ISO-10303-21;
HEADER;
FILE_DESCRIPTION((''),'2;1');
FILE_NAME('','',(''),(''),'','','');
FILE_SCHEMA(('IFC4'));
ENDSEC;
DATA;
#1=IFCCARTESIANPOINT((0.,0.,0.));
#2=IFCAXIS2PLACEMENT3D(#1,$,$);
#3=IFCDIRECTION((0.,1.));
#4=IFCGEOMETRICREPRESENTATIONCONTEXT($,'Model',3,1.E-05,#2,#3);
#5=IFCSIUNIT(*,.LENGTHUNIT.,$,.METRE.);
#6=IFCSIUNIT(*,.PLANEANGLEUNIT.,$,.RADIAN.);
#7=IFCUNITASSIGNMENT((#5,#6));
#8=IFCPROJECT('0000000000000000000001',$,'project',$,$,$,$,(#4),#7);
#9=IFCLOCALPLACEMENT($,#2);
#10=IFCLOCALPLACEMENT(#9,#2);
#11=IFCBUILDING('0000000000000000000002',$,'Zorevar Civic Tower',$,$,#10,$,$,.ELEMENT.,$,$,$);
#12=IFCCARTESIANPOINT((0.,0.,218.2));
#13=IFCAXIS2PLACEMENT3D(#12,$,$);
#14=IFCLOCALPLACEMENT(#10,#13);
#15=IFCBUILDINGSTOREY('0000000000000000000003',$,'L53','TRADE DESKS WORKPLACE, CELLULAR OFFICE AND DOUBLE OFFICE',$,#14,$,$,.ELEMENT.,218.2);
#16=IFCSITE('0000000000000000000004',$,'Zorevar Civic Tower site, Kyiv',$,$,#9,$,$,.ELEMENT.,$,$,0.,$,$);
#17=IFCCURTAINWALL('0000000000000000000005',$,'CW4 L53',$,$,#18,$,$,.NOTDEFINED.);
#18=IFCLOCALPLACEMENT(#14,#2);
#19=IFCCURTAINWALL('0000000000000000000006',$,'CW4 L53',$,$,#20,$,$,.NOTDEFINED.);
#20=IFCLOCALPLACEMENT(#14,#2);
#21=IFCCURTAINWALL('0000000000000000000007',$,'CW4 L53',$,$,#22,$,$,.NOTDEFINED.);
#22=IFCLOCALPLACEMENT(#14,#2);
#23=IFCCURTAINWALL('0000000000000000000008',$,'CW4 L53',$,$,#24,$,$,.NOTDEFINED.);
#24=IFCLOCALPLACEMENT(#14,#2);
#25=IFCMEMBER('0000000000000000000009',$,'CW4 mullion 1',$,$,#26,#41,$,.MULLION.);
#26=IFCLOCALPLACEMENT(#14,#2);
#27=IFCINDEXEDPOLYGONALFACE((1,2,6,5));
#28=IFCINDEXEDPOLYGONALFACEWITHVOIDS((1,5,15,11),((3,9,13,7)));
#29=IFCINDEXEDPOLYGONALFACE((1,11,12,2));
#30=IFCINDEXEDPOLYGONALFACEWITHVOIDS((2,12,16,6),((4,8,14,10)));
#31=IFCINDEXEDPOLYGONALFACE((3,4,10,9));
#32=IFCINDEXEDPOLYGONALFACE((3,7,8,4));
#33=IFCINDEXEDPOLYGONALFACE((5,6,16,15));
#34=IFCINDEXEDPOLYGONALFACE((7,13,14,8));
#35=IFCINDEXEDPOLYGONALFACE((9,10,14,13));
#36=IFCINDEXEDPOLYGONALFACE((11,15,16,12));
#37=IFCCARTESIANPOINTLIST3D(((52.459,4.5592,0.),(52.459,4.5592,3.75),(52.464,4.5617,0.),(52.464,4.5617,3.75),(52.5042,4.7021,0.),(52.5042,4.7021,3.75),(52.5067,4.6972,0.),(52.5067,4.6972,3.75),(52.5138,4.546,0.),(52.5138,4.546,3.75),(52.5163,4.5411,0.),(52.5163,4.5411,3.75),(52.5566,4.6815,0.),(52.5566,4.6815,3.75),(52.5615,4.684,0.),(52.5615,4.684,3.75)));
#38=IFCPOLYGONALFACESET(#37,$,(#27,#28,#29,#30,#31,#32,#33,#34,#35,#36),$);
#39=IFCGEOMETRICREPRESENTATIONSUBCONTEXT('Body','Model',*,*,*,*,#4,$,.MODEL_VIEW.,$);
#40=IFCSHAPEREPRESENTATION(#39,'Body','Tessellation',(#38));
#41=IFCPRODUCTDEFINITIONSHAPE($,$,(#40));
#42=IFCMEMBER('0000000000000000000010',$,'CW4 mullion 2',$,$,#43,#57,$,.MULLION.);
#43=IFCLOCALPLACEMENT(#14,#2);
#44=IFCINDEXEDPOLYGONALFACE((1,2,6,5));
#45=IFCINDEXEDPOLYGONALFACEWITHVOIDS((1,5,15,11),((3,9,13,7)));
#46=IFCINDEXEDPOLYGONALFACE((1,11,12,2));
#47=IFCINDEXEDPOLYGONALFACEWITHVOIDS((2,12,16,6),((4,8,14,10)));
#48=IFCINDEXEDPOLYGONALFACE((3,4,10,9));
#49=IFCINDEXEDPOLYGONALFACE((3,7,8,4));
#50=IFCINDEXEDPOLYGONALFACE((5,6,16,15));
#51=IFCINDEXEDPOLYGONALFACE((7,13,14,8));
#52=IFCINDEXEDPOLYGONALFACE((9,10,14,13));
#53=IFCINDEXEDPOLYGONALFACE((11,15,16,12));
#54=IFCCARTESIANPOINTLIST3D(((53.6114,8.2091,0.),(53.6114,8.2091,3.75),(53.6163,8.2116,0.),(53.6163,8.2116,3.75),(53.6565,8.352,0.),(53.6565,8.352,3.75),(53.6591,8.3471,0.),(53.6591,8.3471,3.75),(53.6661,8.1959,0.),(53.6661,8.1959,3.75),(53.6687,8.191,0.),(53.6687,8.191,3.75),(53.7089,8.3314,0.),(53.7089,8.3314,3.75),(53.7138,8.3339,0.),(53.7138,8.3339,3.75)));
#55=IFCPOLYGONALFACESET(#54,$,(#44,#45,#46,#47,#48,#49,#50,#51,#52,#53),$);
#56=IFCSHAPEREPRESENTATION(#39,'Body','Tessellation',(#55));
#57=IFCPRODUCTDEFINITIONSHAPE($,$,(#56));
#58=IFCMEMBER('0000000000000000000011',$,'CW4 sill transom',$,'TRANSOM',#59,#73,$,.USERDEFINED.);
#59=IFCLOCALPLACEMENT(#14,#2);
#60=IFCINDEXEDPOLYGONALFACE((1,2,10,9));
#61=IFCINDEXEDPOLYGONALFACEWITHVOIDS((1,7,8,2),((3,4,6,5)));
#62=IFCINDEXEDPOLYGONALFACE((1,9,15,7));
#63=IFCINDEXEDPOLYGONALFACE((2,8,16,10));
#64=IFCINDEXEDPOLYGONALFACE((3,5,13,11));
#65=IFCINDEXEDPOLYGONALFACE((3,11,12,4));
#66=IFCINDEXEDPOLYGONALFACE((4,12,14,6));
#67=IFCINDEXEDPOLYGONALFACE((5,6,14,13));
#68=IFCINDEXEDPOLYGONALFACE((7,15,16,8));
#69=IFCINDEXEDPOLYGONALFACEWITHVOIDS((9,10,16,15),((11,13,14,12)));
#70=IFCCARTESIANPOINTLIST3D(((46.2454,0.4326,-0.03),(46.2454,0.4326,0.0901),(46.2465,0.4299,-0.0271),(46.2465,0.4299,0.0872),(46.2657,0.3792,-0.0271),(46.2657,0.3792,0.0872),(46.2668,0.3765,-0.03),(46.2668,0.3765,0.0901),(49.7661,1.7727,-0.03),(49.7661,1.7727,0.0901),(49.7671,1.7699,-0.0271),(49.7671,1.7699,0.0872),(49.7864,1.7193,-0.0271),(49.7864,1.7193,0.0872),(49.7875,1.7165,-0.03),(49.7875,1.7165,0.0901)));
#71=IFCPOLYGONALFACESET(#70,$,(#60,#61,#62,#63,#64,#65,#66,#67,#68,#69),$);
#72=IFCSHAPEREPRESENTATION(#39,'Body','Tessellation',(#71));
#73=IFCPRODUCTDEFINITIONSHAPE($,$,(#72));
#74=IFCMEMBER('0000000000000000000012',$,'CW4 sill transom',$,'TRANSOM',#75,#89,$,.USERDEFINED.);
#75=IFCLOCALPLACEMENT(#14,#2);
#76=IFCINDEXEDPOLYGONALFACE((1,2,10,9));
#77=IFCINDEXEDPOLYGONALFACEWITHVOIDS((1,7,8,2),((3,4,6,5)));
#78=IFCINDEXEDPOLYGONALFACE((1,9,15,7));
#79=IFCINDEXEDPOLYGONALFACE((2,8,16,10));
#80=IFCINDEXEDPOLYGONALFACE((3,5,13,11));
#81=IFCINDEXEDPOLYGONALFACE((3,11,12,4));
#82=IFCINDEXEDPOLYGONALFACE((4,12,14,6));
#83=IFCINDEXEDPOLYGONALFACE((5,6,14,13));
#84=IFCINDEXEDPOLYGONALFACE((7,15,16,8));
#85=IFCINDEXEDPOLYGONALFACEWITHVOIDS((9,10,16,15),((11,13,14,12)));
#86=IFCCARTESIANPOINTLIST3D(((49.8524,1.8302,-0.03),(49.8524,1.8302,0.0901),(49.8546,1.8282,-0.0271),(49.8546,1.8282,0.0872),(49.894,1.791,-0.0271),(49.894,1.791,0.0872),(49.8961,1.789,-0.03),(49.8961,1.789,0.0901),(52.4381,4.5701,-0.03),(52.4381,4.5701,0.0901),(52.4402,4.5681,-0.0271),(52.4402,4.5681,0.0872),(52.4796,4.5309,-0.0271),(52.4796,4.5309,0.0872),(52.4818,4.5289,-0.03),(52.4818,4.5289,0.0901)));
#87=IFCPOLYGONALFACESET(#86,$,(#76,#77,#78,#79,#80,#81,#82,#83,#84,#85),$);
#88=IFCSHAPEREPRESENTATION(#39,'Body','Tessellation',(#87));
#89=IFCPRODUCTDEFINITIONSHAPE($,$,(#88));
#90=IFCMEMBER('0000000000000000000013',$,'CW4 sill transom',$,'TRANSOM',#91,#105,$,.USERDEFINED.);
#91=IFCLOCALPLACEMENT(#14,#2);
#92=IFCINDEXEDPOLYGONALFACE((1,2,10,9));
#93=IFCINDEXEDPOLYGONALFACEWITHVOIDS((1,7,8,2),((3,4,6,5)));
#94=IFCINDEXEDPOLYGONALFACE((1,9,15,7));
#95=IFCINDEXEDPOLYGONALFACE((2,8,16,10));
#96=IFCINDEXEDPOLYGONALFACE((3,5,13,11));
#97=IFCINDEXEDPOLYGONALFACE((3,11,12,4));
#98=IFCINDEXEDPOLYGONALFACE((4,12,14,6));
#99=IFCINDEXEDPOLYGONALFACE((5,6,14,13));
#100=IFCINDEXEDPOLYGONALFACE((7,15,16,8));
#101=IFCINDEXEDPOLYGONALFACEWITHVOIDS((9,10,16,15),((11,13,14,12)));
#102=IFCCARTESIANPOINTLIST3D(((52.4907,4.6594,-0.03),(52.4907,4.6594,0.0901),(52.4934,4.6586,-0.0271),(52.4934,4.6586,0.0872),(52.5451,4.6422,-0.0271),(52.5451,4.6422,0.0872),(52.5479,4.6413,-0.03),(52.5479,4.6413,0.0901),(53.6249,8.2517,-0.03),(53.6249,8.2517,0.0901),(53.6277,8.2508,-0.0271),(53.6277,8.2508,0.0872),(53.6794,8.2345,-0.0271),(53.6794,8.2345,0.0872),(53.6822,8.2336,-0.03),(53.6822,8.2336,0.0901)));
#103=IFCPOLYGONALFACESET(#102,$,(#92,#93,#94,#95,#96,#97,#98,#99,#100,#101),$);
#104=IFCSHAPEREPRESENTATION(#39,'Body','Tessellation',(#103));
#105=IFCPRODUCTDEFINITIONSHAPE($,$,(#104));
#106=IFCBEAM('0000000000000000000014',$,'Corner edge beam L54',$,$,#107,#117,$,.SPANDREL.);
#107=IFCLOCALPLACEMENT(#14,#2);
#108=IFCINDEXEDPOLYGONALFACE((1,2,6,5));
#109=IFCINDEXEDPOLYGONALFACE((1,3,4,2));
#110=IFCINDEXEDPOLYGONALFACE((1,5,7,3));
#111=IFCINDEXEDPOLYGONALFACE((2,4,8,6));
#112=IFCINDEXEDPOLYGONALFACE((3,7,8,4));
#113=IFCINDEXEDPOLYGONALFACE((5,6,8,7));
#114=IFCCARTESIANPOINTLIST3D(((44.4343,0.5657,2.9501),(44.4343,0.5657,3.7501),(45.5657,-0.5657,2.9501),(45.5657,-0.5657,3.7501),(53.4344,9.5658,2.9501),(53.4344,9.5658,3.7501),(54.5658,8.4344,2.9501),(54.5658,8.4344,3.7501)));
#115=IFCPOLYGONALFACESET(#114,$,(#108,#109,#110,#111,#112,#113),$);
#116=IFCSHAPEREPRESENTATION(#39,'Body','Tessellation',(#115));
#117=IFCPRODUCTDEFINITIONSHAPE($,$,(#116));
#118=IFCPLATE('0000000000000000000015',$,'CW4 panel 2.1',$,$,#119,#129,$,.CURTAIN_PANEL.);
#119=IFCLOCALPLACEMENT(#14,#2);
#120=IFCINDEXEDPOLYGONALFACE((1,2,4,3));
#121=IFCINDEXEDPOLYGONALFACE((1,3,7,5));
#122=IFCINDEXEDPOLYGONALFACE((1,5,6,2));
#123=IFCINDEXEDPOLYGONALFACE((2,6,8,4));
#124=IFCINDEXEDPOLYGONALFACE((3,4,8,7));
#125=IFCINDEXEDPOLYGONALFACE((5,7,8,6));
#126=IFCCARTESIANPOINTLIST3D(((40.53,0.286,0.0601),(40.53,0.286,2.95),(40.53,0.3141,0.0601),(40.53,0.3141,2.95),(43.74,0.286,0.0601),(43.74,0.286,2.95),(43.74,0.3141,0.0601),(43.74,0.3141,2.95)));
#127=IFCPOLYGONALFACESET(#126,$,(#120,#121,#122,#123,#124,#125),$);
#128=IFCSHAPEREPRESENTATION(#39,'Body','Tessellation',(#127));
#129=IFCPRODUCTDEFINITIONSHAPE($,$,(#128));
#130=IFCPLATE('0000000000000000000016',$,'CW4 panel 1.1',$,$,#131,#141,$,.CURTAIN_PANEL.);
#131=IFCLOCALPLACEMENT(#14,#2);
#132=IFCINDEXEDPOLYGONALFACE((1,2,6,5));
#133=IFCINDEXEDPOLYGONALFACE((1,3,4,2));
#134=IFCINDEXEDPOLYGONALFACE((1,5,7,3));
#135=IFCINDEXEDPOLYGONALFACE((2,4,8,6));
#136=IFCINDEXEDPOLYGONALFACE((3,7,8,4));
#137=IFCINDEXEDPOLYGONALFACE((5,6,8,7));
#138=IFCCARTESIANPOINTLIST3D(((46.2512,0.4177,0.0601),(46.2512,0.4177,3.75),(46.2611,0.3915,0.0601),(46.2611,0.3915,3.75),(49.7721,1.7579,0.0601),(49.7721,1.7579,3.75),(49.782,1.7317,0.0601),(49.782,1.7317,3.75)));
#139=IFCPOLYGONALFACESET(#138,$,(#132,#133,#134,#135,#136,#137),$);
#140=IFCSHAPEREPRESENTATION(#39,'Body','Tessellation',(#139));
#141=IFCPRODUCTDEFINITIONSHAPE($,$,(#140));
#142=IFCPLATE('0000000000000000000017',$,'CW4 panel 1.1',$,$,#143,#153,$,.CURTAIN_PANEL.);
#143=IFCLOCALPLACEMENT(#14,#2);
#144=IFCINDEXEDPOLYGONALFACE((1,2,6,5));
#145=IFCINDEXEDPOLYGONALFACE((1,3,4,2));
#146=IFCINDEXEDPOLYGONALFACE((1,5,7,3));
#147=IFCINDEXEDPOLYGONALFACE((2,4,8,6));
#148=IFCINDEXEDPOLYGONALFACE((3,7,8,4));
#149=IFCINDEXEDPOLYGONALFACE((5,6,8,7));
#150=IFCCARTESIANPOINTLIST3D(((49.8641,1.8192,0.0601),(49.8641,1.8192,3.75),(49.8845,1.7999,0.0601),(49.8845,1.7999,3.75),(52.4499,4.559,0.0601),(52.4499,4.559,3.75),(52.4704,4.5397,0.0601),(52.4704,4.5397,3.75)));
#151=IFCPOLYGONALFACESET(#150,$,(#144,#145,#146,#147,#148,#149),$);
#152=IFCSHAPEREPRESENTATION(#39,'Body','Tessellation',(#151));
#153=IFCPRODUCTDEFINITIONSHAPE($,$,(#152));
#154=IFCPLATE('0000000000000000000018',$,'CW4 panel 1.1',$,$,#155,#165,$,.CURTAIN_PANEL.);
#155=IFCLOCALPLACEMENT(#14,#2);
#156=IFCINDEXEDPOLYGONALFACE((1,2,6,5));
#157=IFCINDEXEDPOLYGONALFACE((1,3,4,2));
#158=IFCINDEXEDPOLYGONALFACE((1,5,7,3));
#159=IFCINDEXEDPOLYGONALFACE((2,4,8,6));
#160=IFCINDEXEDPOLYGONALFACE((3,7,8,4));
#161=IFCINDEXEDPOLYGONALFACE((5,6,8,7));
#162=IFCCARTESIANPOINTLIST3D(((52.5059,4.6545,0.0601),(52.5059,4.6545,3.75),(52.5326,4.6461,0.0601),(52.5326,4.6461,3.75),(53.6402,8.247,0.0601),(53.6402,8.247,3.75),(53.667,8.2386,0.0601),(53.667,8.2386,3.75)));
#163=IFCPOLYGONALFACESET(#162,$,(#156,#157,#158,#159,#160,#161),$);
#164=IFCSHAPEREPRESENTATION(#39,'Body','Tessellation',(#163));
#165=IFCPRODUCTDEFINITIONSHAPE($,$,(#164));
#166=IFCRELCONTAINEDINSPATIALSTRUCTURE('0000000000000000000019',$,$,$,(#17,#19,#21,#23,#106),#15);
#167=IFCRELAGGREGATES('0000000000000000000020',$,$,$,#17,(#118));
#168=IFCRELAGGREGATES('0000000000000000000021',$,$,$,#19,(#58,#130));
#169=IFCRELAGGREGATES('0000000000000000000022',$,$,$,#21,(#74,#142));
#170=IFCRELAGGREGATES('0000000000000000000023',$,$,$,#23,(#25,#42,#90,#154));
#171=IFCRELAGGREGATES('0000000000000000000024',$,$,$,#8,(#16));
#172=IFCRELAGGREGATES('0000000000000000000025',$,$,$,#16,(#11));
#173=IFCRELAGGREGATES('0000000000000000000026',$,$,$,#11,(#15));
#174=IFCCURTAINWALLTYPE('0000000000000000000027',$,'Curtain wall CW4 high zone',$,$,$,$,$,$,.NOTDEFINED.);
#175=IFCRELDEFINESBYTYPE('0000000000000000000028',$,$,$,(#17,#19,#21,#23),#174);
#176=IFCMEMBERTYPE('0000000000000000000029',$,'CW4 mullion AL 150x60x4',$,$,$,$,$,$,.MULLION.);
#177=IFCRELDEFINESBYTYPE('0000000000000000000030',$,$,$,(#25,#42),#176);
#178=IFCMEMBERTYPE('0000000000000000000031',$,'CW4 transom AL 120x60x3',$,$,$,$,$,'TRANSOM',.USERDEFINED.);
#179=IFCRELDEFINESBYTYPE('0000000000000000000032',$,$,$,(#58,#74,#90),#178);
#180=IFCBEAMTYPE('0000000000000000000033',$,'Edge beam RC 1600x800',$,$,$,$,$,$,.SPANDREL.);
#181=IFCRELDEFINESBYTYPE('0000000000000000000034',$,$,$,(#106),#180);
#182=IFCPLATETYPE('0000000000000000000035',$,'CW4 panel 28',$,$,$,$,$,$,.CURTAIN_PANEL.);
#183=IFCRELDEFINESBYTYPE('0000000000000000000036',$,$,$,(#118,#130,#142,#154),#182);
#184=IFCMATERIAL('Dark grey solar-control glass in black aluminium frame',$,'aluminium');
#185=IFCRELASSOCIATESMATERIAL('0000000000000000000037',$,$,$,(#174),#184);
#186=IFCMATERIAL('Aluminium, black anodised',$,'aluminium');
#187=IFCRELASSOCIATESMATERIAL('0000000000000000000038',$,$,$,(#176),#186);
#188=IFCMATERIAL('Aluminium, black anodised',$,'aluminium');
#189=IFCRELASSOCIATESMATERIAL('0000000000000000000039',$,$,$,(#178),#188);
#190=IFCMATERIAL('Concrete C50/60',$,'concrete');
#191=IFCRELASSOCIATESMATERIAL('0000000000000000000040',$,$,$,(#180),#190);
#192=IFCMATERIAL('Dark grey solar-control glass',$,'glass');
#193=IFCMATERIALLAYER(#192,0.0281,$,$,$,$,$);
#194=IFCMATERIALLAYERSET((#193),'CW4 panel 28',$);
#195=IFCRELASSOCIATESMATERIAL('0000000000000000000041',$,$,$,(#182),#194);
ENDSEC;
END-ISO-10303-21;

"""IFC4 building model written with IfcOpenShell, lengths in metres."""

from ifc_helpers import new_model, si_unit, direction, frame, origin, origin_2d, place, context, subcontext, project, spatial, rectangle, hollow_rectangle, extrude, material, layer, layer_set, material_profile, profile_set, type_object, element, aggregate, save


model = new_model("IFC4")

# Units and contexts
model_context = context("Model", 3, precision=1e-05, world=origin(), true_north=direction((0.0, 1.0)))
body_context = subcontext(model_context, "Body", "Model", "MODEL_VIEW")
ifc_project = project(units=[si_unit("LENGTHUNIT", "METRE"), si_unit("PLANEANGLEUNIT", "RADIAN")], contexts=[model_context])

# Site, building, storey
site_placement = place(None, origin())
site = spatial("IfcSite", under=ifc_project, at=site_placement, Name="Zorevar Civic Tower site, Kyiv", CompositionType="ELEMENT", RefElevation=0.0)
building_placement = place(site_placement, origin())
building = spatial("IfcBuilding", under=site, at=building_placement, Name="Zorevar Civic Tower", CompositionType="ELEMENT")
storey_placement = place(building_placement, frame((0.0, 0.0, 218.2)))
storey = spatial("IfcBuildingStorey", under=building, at=storey_placement, Name="L53", Description="TRADE DESKS WORKPLACE, CELLULAR OFFICE AND DOUBLE OFFICE", CompositionType="ELEMENT", Elevation=218.2)

# Curtain walls, members
ifc_material_1 = material(Name="Dark grey solar-control glass in black aluminium frame", Category="aluminium")
curtain_wall_type = type_object("IfcCurtainWallType", Name="Curtain wall CW4 high zone", PredefinedType="NOTDEFINED", material=ifc_material_1)
curtain_wall_1_placement = place(storey_placement, origin())
curtain_wall_1 = element("IfcCurtainWall", 1, at=curtain_wall_1_placement, inside=storey, type_object=curtain_wall_type, Name="CW4 L53", PredefinedType="NOTDEFINED")
ifc_material_2 = material(Name="Aluminium, black anodised", Category="aluminium")
ifc_material_profile_1 = material_profile(ifc_material_2, hollow_rectangle(XDim=0.0601, YDim=0.1499, WallThickness=0.0039, at=origin_2d()), Name="AL 150x60x4")
ifc_profile_set_1 = profile_set([ifc_material_profile_1], Name="Aluminium, black anodised")
member_type_1 = type_object("IfcMemberType", Name="CW4 mullion AL 150x60x4", PredefinedType="MULLION", material=ifc_profile_set_1)
curtain_wall_2_placement = place(storey_placement, origin())
curtain_wall_2 = element("IfcCurtainWall", 2, at=curtain_wall_2_placement, inside=storey, type_object=curtain_wall_type, Name="CW4 L53", PredefinedType="NOTDEFINED")
curtain_wall_3_placement = place(storey_placement, origin())
curtain_wall_3 = element("IfcCurtainWall", 3, at=curtain_wall_3_placement, inside=storey, type_object=curtain_wall_type, Name="CW4 L53", PredefinedType="NOTDEFINED")
curtain_wall_4_placement = place(storey_placement, origin())
curtain_wall_4 = element("IfcCurtainWall", 4, at=curtain_wall_4_placement, inside=storey, type_object=curtain_wall_type, Name="CW4 L53", PredefinedType="NOTDEFINED")
member_1_placement = place(storey_placement, frame((52.5103, 4.6216, 0.0), z_axis=(0.0, 0.0, 1.0), x_axis=(-0.95359, 0.301108, 0.0)))
member_1 = element("IfcMember", 5, at=member_1_placement, type_object=member_type_1, Name="CW4 mullion 1", PredefinedType="MULLION", context=body_context, shape_type="SweptSolid", body=[
    extrude(hollow_rectangle(XDim=0.0601, YDim=0.1499, WallThickness=0.0039, at=origin_2d()), origin(), (0.0, 0.0, 1.0), 3.75),
])
member_2_placement = place(storey_placement, frame((53.6626, 8.2715, 0.0), z_axis=(0.0, 0.0, 1.0), x_axis=(-0.95359, 0.301108, 0.0)))
member_2 = element("IfcMember", 6, at=member_2_placement, type_object=member_type_1, Name="CW4 mullion 2", PredefinedType="MULLION", context=body_context, shape_type="SweptSolid", body=[
    extrude(hollow_rectangle(XDim=0.0601, YDim=0.1499, WallThickness=0.0039, at=origin_2d()), origin(), (0.0, 0.0, 1.0), 3.75),
])

# Members
ifc_material_3 = material(Name="Aluminium, black anodised", Category="aluminium")
ifc_material_profile_2 = material_profile(ifc_material_3, hollow_rectangle(XDim=0.0601, YDim=0.1201, WallThickness=0.0029, at=origin_2d()), Name="AL 120x60x3")
ifc_profile_set_2 = profile_set([ifc_material_profile_2], Name="Aluminium, black anodised")
member_type_2 = type_object("IfcMemberType", Name="CW4 transom AL 120x60x3", ElementType="TRANSOM", PredefinedType="USERDEFINED", material=ifc_profile_set_2)
member_3_placement = place(storey_placement, frame((46.2561, 0.4045, 0.03), z_axis=(0.934589, 0.355729, 0.0), x_axis=(-0.355729, 0.934589, 0.0)))
member_3 = element("IfcMember", 7, at=member_3_placement, type_object=member_type_2, Name="CW4 sill transom", ObjectType="TRANSOM", PredefinedType="USERDEFINED", context=body_context, shape_type="SweptSolid", body=[
    extrude(hollow_rectangle(XDim=0.0601, YDim=0.1201, WallThickness=0.0029, at=origin_2d()), origin(), (0.0, 0.0, 1.0), 3.7671),
])
member_4_placement = place(storey_placement, frame((49.8743, 1.8096, 0.03), z_axis=(0.686332, 0.727288, 0.0), x_axis=(-0.727288, 0.686332, 0.0)))
member_4 = element("IfcMember", 8, at=member_4_placement, type_object=member_type_2, Name="CW4 sill transom", ObjectType="TRANSOM", PredefinedType="USERDEFINED", context=body_context, shape_type="SweptSolid", body=[
    extrude(hollow_rectangle(XDim=0.0601, YDim=0.1201, WallThickness=0.0029, at=origin_2d()), origin(), (0.0, 0.0, 1.0), 3.7673),
])
member_5_placement = place(storey_placement, frame((52.5193, 4.6504, 0.03), z_axis=(0.3011, 0.953592, 0.0), x_axis=(-0.953592, 0.3011, 0.0)))
member_5 = element("IfcMember", 9, at=member_5_placement, type_object=member_type_2, Name="CW4 sill transom", ObjectType="TRANSOM", PredefinedType="USERDEFINED", context=body_context, shape_type="SweptSolid", body=[
    extrude(hollow_rectangle(XDim=0.0601, YDim=0.1201, WallThickness=0.0029, at=origin_2d()), origin(), (0.0, 0.0, 1.0), 3.7671),
])

# Beam
ifc_material_4 = material(Name="Concrete C50/60", Category="concrete")
ifc_material_profile_3 = material_profile(ifc_material_4, rectangle(XDim=1.6001, YDim=0.8, at=origin_2d()), Name="RC 1600x800")
ifc_profile_set_3 = profile_set([ifc_material_profile_3], Name="Concrete C50/60")
beam_type_1 = type_object("IfcBeamType", Name="Edge beam RC 1600x800", PredefinedType="SPANDREL", material=ifc_profile_set_3)
beam_1_placement = place(storey_placement, frame((45.0, 0.0, 3.3501), z_axis=(0.707107, 0.707107, 0.0), x_axis=(-0.707107, 0.707107, 0.0)))
element("IfcBeam", 10, at=beam_1_placement, inside=storey, type_object=beam_type_1, Name="Corner edge beam L54", PredefinedType="SPANDREL", context=body_context, shape_type="SweptSolid", body=[
    extrude(rectangle(XDim=1.6001, YDim=0.8, at=origin_2d()), origin(), (0.0, 0.0, 1.0), 12.728),
])

# Plates
ifc_material_5 = material(Name="Dark grey solar-control glass", Category="glass")
ifc_layer_1 = layer(ifc_material_5, 0.0281)
ifc_layer_set_1 = layer_set([ifc_layer_1], Name="CW4 panel 28")
plate_type = type_object("IfcPlateType", Name="CW4 panel 28", PredefinedType="CURTAIN_PANEL", material=ifc_layer_set_1)
plate_1_placement = place(storey_placement, frame((42.135, 0.3, 0.0601), z_axis=(0.0, 0.0, 1.0), x_axis=(1.0, 0.0, 0.0)))
plate_1 = element("IfcPlate", 11, at=plate_1_placement, type_object=plate_type, Name="CW4 panel 2.1", PredefinedType="CURTAIN_PANEL", context=body_context, shape_type="SweptSolid", body=[
    extrude(rectangle(XDim=3.21, YDim=0.0281, at=origin_2d()), origin(), (0.0, 0.0, 1.0), 2.8899),
])
aggregate(curtain_wall_1, [plate_1])
plate_2_placement = place(storey_placement, frame((48.0166, 1.0747, 0.0601), z_axis=(0.0, 0.0, 1.0), x_axis=(0.934588, 0.355731, 0.0)))
plate_2 = element("IfcPlate", 12, at=plate_2_placement, type_object=plate_type, Name="CW4 panel 1.1", PredefinedType="CURTAIN_PANEL", context=body_context, shape_type="SweptSolid", body=[
    extrude(rectangle(XDim=3.7673, YDim=0.0281, at=origin_2d()), origin(), (0.0, 0.0, 1.0), 3.6899),
])
aggregate(curtain_wall_2, [member_3, plate_2])
plate_3_placement = place(storey_placement, frame((51.1672, 3.1794, 0.0601), z_axis=(0.0, 0.0, 1.0), x_axis=(0.686378, 0.727245, 0.0)))
plate_3 = element("IfcPlate", 13, at=plate_3_placement, type_object=plate_type, Name="CW4 panel 1.1", PredefinedType="CURTAIN_PANEL", context=body_context, shape_type="SweptSolid", body=[
    extrude(rectangle(XDim=3.7673, YDim=0.0281, at=origin_2d()), origin(), (0.0, 0.0, 1.0), 3.6899),
])
aggregate(curtain_wall_3, [member_4, plate_3])
plate_4_placement = place(storey_placement, frame((53.0864, 6.4465, 0.0601), z_axis=(0.0, 0.0, 1.0), x_axis=(0.301108, 0.95359, 0.0)))
plate_4 = element("IfcPlate", 14, at=plate_4_placement, type_object=plate_type, Name="CW4 panel 1.1", PredefinedType="CURTAIN_PANEL", context=body_context, shape_type="SweptSolid", body=[
    extrude(rectangle(XDim=3.7673, YDim=0.0281, at=origin_2d()), origin(), (0.0, 0.0, 1.0), 3.6899),
])
aggregate(curtain_wall_4, [member_1, member_2, member_5, plate_4])

save(model, "model.ifc")
